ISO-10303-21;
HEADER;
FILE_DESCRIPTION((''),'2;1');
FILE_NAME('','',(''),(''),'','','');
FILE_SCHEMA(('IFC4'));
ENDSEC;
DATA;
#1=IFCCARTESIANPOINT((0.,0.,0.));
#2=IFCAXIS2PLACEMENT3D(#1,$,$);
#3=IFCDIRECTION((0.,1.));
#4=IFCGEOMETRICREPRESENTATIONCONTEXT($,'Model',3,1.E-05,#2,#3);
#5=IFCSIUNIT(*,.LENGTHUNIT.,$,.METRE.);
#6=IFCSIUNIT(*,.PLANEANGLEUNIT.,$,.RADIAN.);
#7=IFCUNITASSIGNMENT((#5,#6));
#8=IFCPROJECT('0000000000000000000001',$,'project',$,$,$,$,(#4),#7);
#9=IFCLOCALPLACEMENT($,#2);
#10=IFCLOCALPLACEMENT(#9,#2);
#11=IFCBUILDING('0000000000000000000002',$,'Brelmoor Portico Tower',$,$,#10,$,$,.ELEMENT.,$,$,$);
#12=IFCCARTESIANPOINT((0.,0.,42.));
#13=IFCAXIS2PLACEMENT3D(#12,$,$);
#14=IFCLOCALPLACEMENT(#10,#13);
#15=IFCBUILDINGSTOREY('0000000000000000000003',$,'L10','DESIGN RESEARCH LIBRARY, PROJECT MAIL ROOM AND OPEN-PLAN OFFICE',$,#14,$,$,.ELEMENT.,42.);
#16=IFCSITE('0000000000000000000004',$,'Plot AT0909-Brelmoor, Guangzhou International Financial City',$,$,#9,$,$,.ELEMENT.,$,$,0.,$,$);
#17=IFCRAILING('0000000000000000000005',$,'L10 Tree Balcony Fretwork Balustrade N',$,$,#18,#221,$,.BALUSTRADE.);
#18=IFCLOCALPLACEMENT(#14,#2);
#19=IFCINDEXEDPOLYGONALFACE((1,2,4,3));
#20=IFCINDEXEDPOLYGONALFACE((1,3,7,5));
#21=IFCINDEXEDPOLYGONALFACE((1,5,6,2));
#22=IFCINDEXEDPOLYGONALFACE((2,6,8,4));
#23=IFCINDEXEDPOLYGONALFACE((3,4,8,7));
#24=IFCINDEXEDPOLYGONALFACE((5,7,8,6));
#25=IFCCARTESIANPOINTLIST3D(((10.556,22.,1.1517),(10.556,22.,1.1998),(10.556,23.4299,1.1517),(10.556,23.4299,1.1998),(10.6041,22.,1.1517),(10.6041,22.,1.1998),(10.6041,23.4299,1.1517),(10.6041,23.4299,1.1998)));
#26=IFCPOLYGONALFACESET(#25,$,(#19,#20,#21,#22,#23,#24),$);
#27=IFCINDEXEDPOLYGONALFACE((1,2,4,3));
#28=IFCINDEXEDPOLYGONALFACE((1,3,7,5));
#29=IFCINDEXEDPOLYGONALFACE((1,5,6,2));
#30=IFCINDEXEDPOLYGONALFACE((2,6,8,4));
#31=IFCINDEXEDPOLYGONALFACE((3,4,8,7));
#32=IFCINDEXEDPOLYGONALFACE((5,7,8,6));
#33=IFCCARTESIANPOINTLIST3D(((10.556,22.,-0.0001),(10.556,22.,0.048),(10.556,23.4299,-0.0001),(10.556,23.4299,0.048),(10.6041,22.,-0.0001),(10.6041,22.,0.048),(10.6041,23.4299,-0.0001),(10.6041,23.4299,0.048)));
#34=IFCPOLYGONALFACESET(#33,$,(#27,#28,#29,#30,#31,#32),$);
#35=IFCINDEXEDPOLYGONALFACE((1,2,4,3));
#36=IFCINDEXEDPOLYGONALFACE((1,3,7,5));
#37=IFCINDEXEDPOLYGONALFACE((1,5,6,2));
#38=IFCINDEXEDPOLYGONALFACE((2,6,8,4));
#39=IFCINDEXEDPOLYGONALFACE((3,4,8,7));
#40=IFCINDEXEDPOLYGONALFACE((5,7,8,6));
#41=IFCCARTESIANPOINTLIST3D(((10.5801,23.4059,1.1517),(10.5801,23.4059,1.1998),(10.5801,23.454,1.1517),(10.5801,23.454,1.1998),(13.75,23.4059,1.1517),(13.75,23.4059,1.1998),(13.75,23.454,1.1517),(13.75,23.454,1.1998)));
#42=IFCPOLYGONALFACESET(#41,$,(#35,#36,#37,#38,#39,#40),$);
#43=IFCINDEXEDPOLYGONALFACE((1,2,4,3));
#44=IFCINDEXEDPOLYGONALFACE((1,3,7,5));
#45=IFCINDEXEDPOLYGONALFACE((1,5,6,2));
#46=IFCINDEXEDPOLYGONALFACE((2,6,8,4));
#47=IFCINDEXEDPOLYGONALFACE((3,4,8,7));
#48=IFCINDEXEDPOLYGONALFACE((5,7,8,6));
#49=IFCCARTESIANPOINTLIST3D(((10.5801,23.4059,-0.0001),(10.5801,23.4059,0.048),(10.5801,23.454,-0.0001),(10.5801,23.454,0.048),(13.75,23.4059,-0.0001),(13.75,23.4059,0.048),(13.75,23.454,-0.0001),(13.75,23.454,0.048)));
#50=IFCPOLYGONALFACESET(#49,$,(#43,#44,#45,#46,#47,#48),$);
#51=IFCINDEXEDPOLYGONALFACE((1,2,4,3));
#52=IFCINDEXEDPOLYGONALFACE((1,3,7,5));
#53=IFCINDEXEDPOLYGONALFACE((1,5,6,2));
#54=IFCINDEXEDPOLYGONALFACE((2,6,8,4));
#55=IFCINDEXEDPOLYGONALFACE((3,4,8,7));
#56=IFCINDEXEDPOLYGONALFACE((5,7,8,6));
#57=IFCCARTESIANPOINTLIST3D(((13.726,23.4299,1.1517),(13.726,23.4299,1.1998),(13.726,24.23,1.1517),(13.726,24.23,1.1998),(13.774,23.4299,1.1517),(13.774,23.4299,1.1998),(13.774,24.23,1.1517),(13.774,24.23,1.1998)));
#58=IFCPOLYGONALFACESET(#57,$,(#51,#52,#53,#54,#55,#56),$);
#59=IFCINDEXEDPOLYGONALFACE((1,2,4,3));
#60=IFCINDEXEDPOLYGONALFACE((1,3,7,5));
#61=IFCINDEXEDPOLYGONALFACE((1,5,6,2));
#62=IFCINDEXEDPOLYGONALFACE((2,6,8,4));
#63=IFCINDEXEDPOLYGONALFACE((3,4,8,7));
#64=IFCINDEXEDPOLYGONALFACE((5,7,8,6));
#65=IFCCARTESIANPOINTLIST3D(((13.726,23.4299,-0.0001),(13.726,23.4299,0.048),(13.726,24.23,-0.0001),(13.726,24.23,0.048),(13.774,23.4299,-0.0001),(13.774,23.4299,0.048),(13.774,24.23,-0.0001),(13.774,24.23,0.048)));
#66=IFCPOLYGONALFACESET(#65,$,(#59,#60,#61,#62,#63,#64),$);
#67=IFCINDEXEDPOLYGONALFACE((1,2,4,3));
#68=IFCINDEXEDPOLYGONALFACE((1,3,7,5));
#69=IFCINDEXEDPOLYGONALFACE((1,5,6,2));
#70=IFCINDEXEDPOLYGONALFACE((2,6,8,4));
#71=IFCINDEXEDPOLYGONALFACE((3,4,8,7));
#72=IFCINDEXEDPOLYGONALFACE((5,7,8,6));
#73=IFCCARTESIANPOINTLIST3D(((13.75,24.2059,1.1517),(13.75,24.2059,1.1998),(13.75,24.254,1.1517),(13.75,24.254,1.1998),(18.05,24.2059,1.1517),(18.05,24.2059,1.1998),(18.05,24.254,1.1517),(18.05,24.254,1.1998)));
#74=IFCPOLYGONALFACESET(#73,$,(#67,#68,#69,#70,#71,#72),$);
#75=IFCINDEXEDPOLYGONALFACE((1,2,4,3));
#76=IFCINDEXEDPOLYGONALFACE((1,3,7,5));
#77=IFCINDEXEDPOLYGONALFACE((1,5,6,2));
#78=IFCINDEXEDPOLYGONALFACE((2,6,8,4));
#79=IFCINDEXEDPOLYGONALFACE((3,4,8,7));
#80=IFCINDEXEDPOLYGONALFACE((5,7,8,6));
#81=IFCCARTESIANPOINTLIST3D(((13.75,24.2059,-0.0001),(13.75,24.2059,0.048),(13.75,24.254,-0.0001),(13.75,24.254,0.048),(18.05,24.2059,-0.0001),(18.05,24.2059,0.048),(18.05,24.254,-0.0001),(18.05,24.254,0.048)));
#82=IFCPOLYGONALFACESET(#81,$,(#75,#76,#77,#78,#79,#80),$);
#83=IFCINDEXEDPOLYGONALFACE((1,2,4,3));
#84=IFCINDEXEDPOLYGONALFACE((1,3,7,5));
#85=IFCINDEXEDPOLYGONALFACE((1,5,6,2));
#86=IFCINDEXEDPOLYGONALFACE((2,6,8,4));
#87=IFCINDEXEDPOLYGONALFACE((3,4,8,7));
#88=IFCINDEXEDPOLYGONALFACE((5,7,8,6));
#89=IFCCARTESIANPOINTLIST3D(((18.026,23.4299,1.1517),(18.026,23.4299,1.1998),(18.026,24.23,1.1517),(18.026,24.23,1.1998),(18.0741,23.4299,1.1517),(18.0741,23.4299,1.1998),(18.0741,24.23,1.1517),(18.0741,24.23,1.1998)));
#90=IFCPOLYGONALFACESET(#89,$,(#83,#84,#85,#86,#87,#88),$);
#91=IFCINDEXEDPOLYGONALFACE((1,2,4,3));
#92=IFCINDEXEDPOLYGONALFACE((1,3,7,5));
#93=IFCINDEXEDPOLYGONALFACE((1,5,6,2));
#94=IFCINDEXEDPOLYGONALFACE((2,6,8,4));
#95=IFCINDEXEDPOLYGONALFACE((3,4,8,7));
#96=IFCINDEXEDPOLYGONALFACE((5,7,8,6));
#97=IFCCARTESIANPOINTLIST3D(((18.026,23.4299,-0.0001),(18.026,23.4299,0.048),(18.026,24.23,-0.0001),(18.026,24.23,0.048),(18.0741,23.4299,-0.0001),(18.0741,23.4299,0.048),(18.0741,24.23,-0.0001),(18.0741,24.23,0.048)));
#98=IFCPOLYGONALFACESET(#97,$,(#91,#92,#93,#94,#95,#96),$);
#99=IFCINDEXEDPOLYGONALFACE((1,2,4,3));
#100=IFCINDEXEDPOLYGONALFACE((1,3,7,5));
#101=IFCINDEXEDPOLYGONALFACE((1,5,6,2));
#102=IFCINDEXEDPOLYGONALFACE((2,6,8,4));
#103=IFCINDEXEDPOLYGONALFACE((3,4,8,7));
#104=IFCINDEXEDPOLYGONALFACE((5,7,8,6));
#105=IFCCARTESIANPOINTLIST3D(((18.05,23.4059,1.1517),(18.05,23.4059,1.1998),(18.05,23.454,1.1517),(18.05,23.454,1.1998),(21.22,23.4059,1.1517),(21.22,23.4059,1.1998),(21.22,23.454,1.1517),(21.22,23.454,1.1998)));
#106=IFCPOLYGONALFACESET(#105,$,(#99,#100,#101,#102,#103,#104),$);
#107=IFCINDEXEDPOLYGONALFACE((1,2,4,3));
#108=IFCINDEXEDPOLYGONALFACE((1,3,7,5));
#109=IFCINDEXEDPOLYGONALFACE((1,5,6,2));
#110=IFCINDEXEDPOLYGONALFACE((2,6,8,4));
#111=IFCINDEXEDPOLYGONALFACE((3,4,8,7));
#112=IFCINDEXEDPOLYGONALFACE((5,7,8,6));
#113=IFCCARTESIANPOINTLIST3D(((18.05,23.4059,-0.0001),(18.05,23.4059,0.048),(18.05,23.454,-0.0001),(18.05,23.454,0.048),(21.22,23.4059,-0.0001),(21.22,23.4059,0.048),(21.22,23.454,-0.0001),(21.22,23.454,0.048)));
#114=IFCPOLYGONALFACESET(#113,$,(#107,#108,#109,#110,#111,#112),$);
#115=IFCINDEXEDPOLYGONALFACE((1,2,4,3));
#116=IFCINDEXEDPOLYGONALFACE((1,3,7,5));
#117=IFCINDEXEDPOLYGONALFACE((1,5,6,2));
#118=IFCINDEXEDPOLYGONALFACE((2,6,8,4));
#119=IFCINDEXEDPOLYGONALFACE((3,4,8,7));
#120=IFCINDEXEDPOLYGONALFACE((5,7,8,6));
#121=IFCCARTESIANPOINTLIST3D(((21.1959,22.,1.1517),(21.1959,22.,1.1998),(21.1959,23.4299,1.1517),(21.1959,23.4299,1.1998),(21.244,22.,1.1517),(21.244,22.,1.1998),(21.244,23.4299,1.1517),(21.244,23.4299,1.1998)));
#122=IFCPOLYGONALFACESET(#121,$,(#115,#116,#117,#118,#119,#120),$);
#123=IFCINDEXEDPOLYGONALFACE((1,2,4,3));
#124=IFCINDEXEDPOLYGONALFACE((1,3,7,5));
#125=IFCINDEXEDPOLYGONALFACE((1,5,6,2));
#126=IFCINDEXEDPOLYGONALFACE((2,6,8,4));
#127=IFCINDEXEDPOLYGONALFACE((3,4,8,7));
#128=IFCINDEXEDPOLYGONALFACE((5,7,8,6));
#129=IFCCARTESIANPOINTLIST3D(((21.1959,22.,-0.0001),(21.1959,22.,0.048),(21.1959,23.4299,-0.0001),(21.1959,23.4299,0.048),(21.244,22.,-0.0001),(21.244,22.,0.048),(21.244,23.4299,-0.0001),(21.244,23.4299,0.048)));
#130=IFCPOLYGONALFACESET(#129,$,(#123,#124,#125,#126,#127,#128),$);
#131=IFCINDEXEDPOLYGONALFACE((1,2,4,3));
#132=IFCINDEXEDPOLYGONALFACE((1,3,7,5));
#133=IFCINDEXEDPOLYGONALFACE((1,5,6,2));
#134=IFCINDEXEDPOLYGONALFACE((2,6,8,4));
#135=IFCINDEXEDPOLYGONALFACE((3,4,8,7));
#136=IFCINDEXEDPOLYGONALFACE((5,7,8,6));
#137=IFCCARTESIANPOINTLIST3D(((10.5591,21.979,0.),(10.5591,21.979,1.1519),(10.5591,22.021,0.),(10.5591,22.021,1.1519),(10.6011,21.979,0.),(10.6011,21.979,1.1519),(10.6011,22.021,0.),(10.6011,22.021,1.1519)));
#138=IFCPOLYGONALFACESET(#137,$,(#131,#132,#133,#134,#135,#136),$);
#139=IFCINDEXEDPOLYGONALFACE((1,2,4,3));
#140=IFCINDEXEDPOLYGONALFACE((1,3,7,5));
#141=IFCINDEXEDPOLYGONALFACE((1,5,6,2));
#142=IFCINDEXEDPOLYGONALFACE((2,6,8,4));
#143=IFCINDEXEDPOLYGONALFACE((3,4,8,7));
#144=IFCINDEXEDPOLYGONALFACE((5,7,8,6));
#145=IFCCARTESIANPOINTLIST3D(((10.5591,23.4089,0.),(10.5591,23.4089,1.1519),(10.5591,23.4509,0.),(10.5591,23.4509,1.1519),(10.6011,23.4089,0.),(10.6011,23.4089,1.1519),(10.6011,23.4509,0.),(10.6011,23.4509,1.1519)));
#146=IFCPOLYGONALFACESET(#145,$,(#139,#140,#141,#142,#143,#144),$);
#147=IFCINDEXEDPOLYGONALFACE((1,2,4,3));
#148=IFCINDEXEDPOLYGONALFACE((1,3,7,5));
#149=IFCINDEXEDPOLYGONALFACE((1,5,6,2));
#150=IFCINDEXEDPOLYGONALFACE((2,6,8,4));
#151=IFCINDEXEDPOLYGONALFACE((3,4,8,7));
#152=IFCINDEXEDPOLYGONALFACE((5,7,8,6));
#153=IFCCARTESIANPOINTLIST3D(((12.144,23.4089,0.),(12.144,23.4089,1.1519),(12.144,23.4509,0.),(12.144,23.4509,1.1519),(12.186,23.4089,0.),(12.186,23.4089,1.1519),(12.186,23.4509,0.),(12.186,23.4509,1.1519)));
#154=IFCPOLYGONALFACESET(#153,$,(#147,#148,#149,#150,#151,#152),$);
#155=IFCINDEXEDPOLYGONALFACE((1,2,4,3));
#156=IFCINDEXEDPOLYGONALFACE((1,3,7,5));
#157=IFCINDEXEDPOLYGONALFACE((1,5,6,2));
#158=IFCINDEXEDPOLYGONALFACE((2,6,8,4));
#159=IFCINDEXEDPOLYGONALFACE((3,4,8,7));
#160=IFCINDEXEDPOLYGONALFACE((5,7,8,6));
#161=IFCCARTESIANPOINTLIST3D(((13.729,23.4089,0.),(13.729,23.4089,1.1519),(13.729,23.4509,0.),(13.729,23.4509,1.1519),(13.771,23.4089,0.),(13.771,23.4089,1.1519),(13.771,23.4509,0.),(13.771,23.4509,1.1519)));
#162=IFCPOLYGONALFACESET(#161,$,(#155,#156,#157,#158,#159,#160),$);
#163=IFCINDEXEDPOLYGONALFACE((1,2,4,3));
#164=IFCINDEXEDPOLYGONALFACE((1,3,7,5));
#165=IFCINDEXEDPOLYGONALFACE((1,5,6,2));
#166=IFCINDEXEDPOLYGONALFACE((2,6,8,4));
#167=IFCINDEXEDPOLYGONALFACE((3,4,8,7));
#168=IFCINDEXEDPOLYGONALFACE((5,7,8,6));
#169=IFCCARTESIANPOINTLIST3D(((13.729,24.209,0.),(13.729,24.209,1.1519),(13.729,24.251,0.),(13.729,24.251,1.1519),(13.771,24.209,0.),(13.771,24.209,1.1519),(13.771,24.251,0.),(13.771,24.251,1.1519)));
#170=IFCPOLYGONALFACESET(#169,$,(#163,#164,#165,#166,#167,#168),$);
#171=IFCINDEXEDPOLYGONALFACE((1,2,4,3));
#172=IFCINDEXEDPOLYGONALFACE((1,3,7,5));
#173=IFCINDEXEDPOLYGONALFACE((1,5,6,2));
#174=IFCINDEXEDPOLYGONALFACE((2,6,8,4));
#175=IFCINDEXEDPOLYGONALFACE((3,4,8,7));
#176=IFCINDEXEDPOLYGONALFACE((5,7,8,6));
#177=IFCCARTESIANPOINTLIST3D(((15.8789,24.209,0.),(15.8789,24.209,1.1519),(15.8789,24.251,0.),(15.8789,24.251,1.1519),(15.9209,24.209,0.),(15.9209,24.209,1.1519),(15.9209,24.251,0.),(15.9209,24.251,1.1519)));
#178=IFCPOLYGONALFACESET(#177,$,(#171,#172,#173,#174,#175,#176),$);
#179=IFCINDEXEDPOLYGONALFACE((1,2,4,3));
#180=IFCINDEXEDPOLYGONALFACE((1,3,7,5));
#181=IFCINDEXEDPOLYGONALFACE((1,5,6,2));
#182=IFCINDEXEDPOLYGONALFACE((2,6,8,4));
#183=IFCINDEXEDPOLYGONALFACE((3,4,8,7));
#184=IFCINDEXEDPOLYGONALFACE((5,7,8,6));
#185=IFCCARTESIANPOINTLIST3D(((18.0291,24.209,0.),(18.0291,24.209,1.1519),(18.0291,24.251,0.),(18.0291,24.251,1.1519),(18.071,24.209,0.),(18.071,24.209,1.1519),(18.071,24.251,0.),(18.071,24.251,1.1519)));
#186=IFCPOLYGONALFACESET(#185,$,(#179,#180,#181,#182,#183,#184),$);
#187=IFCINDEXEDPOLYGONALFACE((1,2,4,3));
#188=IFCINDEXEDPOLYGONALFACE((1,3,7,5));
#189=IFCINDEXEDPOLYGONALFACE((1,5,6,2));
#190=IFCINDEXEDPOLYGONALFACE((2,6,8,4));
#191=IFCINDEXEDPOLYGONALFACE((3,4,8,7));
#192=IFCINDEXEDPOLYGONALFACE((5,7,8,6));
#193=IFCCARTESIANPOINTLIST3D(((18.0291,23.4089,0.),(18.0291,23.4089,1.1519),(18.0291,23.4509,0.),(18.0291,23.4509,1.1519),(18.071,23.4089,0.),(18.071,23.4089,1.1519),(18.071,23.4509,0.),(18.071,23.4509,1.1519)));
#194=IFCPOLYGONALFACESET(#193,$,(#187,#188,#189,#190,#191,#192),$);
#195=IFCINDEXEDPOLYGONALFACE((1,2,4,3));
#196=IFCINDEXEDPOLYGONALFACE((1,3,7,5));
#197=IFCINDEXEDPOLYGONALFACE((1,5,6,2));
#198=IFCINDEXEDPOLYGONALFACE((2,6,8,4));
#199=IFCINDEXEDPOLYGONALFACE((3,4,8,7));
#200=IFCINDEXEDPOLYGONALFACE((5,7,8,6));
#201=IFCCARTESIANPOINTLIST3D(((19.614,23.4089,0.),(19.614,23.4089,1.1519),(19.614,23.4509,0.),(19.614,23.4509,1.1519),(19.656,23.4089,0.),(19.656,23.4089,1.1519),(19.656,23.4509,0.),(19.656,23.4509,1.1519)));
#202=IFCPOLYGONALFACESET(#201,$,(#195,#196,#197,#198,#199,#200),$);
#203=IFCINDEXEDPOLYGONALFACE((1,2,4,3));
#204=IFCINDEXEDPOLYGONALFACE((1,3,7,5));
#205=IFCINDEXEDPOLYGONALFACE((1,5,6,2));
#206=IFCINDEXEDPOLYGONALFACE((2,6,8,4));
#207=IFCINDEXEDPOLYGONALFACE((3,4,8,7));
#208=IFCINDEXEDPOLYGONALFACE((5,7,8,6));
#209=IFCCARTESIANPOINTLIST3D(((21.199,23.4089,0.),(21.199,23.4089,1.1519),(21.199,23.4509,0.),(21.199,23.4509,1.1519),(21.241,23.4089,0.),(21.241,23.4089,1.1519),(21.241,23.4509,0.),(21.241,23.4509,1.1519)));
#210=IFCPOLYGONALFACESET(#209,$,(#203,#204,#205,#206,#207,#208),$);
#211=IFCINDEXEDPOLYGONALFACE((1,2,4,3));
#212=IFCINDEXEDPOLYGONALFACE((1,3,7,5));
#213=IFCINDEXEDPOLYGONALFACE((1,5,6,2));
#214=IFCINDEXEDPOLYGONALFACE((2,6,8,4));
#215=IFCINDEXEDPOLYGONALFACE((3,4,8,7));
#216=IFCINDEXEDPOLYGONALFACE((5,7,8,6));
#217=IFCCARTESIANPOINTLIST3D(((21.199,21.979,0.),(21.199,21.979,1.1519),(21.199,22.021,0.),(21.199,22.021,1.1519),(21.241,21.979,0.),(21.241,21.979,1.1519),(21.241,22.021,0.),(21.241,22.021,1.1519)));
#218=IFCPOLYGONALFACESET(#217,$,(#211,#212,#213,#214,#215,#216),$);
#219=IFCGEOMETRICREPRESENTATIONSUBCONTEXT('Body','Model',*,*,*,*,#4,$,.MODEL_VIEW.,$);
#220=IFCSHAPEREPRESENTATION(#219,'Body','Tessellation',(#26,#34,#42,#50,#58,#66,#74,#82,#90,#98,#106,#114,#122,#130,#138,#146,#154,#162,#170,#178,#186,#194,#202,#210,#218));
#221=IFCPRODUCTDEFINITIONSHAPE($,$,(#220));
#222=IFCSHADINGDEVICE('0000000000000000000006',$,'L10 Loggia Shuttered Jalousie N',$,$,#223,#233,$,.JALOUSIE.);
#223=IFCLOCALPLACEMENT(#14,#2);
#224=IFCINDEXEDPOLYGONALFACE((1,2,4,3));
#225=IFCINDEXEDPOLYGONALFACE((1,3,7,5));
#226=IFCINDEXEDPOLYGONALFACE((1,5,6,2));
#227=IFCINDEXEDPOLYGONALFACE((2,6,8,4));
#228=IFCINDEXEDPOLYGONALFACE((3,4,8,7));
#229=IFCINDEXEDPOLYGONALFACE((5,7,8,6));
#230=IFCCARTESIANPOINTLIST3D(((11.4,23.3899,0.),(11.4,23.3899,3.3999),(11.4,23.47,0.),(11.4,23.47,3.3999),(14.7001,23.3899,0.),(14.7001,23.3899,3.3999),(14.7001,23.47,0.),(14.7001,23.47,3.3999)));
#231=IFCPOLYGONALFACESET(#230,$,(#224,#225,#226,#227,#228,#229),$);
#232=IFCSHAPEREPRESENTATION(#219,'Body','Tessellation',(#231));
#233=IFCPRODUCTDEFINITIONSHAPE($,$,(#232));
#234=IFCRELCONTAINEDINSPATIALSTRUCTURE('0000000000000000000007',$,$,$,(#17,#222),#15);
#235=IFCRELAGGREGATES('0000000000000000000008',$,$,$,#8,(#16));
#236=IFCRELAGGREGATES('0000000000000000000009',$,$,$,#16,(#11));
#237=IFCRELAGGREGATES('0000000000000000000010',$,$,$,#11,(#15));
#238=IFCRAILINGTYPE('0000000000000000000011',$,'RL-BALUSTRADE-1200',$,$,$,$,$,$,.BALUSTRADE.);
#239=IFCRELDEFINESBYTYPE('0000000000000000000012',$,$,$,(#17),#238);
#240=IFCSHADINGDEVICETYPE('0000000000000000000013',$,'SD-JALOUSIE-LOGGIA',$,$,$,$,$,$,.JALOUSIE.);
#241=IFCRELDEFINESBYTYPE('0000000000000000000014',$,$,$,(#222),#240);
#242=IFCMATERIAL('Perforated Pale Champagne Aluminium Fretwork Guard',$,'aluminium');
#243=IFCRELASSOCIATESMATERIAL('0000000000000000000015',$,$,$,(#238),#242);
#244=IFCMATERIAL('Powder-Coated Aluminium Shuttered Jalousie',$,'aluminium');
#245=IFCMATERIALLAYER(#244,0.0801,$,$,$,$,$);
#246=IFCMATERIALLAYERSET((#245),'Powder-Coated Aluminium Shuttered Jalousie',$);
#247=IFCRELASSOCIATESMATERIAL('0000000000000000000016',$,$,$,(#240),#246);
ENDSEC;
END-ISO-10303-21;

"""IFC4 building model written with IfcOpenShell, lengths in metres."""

from ifc_helpers import new_model, si_unit, direction, frame, origin, origin_2d, place, context, subcontext, project, spatial, rectangle, extrude, material, layer, layer_set, type_object, element, save


model = new_model("IFC4")

# Units and contexts
model_context = context("Model", 3, precision=1e-05, world=origin(), true_north=direction((0.0, 1.0)))
body_context = subcontext(model_context, "Body", "Model", "MODEL_VIEW")
ifc_project = project(units=[si_unit("LENGTHUNIT", "METRE"), si_unit("PLANEANGLEUNIT", "RADIAN")], contexts=[model_context])

# Site, building, storey
site_placement = place(None, origin())
site = spatial("IfcSite", under=ifc_project, at=site_placement, Name="Plot AT0909-Brelmoor, Guangzhou International Financial City", CompositionType="ELEMENT", RefElevation=0.0)
building_placement = place(site_placement, origin())
building = spatial("IfcBuilding", under=site, at=building_placement, Name="Brelmoor Portico Tower", CompositionType="ELEMENT")
storey_placement = place(building_placement, frame((0.0, 0.0, 42.0)))
storey = spatial("IfcBuildingStorey", under=building, at=storey_placement, Name="L10", Description="DESIGN RESEARCH LIBRARY, PROJECT MAIL ROOM AND OPEN-PLAN OFFICE", CompositionType="ELEMENT", Elevation=42.0)

# Railing
ifc_material_1 = material(Name="Perforated Pale Champagne Aluminium Fretwork Guard", Category="aluminium")
railing_type = type_object("IfcRailingType", Name="RL-BALUSTRADE-1200", PredefinedType="BALUSTRADE", material=ifc_material_1)
railing_placement = place(storey_placement, frame((10.5801, 22.0, 0.0)))
element("IfcRailing", 1, at=railing_placement, inside=storey, type_object=railing_type, Name="L10 Tree Balcony Fretwork Balustrade N", PredefinedType="BALUSTRADE", context=body_context, shape_type="SweptSolid", body=[
    extrude(rectangle(XDim=0.0481, YDim=0.0481, at=origin_2d()), frame((0.0, 0.0, 1.1758), z_axis=(0.0, 1.0, 0.0), x_axis=(-1.0, 0.0, 0.0)), (0.0, 0.0, 1.0), 1.4299),
    extrude(rectangle(XDim=0.0481, YDim=0.0481, at=origin_2d()), frame((0.0, 0.0, 0.0239), z_axis=(0.0, 1.0, 0.0), x_axis=(-1.0, 0.0, 0.0)), (0.0, 0.0, 1.0), 1.4299),
    extrude(rectangle(XDim=0.0481, YDim=0.0481, at=origin_2d()), frame((0.0, 1.4299, 1.1758), z_axis=(1.0, 0.0, 0.0), x_axis=(0.0, 1.0, 0.0)), (0.0, 0.0, 1.0), 3.1699),
    extrude(rectangle(XDim=0.0481, YDim=0.0481, at=origin_2d()), frame((0.0, 1.4299, 0.0239), z_axis=(1.0, 0.0, 0.0), x_axis=(0.0, 1.0, 0.0)), (0.0, 0.0, 1.0), 3.1699),
    extrude(rectangle(XDim=0.0481, YDim=0.0481, at=origin_2d()), frame((3.1699, 1.4299, 1.1758), z_axis=(0.0, 1.0, 0.0), x_axis=(-1.0, 0.0, 0.0)), (0.0, 0.0, 1.0), 0.8),
    extrude(rectangle(XDim=0.0481, YDim=0.0481, at=origin_2d()), frame((3.1699, 1.4299, 0.0239), z_axis=(0.0, 1.0, 0.0), x_axis=(-1.0, 0.0, 0.0)), (0.0, 0.0, 1.0), 0.8),
    extrude(rectangle(XDim=0.0481, YDim=0.0481, at=origin_2d()), frame((3.1699, 2.23, 1.1758), z_axis=(1.0, 0.0, 0.0), x_axis=(0.0, 1.0, 0.0)), (0.0, 0.0, 1.0), 4.3),
    extrude(rectangle(XDim=0.0481, YDim=0.0481, at=origin_2d()), frame((3.1699, 2.23, 0.0239), z_axis=(1.0, 0.0, 0.0), x_axis=(0.0, 1.0, 0.0)), (0.0, 0.0, 1.0), 4.3),
    extrude(rectangle(XDim=0.0481, YDim=0.0481, at=origin_2d()), frame((7.47, 2.23, 1.1758), z_axis=(0.0, -1.0, 0.0), x_axis=(1.0, 0.0, 0.0)), (0.0, 0.0, 1.0), 0.8),
    extrude(rectangle(XDim=0.0481, YDim=0.0481, at=origin_2d()), frame((7.47, 2.23, 0.0239), z_axis=(0.0, -1.0, 0.0), x_axis=(1.0, 0.0, 0.0)), (0.0, 0.0, 1.0), 0.8),
    extrude(rectangle(XDim=0.0481, YDim=0.0481, at=origin_2d()), frame((7.47, 1.4299, 1.1758), z_axis=(1.0, 0.0, 0.0), x_axis=(0.0, 1.0, 0.0)), (0.0, 0.0, 1.0), 3.1699),
    extrude(rectangle(XDim=0.0481, YDim=0.0481, at=origin_2d()), frame((7.47, 1.4299, 0.0239), z_axis=(1.0, 0.0, 0.0), x_axis=(0.0, 1.0, 0.0)), (0.0, 0.0, 1.0), 3.1699),
    extrude(rectangle(XDim=0.0481, YDim=0.0481, at=origin_2d()), frame((10.6399, 1.4299, 1.1758), z_axis=(0.0, -1.0, 0.0), x_axis=(1.0, 0.0, 0.0)), (0.0, 0.0, 1.0), 1.4299),
    extrude(rectangle(XDim=0.0481, YDim=0.0481, at=origin_2d()), frame((10.6399, 1.4299, 0.0239), z_axis=(0.0, -1.0, 0.0), x_axis=(1.0, 0.0, 0.0)), (0.0, 0.0, 1.0), 1.4299),
    extrude(rectangle(XDim=0.042, YDim=0.042, at=origin_2d()), origin(), (0.0, 0.0, 1.0), 1.1519),
    extrude(rectangle(XDim=0.042, YDim=0.042, at=origin_2d()), frame((0.0, 1.4299, 0.0)), (0.0, 0.0, 1.0), 1.1519),
    extrude(rectangle(XDim=0.042, YDim=0.042, at=origin_2d()), frame((1.585, 1.4299, 0.0)), (0.0, 0.0, 1.0), 1.1519),
    extrude(rectangle(XDim=0.042, YDim=0.042, at=origin_2d()), frame((3.1699, 1.4299, 0.0)), (0.0, 0.0, 1.0), 1.1519),
    extrude(rectangle(XDim=0.042, YDim=0.042, at=origin_2d()), frame((3.1699, 2.23, 0.0)), (0.0, 0.0, 1.0), 1.1519),
    extrude(rectangle(XDim=0.042, YDim=0.042, at=origin_2d()), frame((5.3198, 2.23, 0.0)), (0.0, 0.0, 1.0), 1.1519),
    extrude(rectangle(XDim=0.042, YDim=0.042, at=origin_2d()), frame((7.47, 2.23, 0.0)), (0.0, 0.0, 1.0), 1.1519),
    extrude(rectangle(XDim=0.042, YDim=0.042, at=origin_2d()), frame((7.47, 1.4299, 0.0)), (0.0, 0.0, 1.0), 1.1519),
    extrude(rectangle(XDim=0.042, YDim=0.042, at=origin_2d()), frame((9.0549, 1.4299, 0.0)), (0.0, 0.0, 1.0), 1.1519),
    extrude(rectangle(XDim=0.042, YDim=0.042, at=origin_2d()), frame((10.6399, 1.4299, 0.0)), (0.0, 0.0, 1.0), 1.1519),
    extrude(rectangle(XDim=0.042, YDim=0.042, at=origin_2d()), frame((10.6399, 0.0, 0.0)), (0.0, 0.0, 1.0), 1.1519),
])

# Shading device
ifc_material_2 = material(Name="Powder-Coated Aluminium Shuttered Jalousie", Category="aluminium")
ifc_layer_1 = layer(ifc_material_2, 0.0801)
ifc_layer_set_1 = layer_set([ifc_layer_1], Name="Powder-Coated Aluminium Shuttered Jalousie")
shading_device_type = type_object("IfcShadingDeviceType", Name="SD-JALOUSIE-LOGGIA", PredefinedType="JALOUSIE", material=ifc_layer_set_1)
shading_device_placement = place(storey_placement, frame((13.05, 23.4299, 0.0), z_axis=(0.0, 0.0, 1.0), x_axis=(1.0, 0.0, 0.0)))
element("IfcShadingDevice", 2, at=shading_device_placement, inside=storey, type_object=shading_device_type, Name="L10 Loggia Shuttered Jalousie N", PredefinedType="JALOUSIE", context=body_context, shape_type="SweptSolid", body=[
    extrude(rectangle(XDim=3.3, YDim=0.0801, at=origin_2d()), origin(), (0.0, 0.0, 1.0), 3.3999),
])

save(model, "model.ifc")
